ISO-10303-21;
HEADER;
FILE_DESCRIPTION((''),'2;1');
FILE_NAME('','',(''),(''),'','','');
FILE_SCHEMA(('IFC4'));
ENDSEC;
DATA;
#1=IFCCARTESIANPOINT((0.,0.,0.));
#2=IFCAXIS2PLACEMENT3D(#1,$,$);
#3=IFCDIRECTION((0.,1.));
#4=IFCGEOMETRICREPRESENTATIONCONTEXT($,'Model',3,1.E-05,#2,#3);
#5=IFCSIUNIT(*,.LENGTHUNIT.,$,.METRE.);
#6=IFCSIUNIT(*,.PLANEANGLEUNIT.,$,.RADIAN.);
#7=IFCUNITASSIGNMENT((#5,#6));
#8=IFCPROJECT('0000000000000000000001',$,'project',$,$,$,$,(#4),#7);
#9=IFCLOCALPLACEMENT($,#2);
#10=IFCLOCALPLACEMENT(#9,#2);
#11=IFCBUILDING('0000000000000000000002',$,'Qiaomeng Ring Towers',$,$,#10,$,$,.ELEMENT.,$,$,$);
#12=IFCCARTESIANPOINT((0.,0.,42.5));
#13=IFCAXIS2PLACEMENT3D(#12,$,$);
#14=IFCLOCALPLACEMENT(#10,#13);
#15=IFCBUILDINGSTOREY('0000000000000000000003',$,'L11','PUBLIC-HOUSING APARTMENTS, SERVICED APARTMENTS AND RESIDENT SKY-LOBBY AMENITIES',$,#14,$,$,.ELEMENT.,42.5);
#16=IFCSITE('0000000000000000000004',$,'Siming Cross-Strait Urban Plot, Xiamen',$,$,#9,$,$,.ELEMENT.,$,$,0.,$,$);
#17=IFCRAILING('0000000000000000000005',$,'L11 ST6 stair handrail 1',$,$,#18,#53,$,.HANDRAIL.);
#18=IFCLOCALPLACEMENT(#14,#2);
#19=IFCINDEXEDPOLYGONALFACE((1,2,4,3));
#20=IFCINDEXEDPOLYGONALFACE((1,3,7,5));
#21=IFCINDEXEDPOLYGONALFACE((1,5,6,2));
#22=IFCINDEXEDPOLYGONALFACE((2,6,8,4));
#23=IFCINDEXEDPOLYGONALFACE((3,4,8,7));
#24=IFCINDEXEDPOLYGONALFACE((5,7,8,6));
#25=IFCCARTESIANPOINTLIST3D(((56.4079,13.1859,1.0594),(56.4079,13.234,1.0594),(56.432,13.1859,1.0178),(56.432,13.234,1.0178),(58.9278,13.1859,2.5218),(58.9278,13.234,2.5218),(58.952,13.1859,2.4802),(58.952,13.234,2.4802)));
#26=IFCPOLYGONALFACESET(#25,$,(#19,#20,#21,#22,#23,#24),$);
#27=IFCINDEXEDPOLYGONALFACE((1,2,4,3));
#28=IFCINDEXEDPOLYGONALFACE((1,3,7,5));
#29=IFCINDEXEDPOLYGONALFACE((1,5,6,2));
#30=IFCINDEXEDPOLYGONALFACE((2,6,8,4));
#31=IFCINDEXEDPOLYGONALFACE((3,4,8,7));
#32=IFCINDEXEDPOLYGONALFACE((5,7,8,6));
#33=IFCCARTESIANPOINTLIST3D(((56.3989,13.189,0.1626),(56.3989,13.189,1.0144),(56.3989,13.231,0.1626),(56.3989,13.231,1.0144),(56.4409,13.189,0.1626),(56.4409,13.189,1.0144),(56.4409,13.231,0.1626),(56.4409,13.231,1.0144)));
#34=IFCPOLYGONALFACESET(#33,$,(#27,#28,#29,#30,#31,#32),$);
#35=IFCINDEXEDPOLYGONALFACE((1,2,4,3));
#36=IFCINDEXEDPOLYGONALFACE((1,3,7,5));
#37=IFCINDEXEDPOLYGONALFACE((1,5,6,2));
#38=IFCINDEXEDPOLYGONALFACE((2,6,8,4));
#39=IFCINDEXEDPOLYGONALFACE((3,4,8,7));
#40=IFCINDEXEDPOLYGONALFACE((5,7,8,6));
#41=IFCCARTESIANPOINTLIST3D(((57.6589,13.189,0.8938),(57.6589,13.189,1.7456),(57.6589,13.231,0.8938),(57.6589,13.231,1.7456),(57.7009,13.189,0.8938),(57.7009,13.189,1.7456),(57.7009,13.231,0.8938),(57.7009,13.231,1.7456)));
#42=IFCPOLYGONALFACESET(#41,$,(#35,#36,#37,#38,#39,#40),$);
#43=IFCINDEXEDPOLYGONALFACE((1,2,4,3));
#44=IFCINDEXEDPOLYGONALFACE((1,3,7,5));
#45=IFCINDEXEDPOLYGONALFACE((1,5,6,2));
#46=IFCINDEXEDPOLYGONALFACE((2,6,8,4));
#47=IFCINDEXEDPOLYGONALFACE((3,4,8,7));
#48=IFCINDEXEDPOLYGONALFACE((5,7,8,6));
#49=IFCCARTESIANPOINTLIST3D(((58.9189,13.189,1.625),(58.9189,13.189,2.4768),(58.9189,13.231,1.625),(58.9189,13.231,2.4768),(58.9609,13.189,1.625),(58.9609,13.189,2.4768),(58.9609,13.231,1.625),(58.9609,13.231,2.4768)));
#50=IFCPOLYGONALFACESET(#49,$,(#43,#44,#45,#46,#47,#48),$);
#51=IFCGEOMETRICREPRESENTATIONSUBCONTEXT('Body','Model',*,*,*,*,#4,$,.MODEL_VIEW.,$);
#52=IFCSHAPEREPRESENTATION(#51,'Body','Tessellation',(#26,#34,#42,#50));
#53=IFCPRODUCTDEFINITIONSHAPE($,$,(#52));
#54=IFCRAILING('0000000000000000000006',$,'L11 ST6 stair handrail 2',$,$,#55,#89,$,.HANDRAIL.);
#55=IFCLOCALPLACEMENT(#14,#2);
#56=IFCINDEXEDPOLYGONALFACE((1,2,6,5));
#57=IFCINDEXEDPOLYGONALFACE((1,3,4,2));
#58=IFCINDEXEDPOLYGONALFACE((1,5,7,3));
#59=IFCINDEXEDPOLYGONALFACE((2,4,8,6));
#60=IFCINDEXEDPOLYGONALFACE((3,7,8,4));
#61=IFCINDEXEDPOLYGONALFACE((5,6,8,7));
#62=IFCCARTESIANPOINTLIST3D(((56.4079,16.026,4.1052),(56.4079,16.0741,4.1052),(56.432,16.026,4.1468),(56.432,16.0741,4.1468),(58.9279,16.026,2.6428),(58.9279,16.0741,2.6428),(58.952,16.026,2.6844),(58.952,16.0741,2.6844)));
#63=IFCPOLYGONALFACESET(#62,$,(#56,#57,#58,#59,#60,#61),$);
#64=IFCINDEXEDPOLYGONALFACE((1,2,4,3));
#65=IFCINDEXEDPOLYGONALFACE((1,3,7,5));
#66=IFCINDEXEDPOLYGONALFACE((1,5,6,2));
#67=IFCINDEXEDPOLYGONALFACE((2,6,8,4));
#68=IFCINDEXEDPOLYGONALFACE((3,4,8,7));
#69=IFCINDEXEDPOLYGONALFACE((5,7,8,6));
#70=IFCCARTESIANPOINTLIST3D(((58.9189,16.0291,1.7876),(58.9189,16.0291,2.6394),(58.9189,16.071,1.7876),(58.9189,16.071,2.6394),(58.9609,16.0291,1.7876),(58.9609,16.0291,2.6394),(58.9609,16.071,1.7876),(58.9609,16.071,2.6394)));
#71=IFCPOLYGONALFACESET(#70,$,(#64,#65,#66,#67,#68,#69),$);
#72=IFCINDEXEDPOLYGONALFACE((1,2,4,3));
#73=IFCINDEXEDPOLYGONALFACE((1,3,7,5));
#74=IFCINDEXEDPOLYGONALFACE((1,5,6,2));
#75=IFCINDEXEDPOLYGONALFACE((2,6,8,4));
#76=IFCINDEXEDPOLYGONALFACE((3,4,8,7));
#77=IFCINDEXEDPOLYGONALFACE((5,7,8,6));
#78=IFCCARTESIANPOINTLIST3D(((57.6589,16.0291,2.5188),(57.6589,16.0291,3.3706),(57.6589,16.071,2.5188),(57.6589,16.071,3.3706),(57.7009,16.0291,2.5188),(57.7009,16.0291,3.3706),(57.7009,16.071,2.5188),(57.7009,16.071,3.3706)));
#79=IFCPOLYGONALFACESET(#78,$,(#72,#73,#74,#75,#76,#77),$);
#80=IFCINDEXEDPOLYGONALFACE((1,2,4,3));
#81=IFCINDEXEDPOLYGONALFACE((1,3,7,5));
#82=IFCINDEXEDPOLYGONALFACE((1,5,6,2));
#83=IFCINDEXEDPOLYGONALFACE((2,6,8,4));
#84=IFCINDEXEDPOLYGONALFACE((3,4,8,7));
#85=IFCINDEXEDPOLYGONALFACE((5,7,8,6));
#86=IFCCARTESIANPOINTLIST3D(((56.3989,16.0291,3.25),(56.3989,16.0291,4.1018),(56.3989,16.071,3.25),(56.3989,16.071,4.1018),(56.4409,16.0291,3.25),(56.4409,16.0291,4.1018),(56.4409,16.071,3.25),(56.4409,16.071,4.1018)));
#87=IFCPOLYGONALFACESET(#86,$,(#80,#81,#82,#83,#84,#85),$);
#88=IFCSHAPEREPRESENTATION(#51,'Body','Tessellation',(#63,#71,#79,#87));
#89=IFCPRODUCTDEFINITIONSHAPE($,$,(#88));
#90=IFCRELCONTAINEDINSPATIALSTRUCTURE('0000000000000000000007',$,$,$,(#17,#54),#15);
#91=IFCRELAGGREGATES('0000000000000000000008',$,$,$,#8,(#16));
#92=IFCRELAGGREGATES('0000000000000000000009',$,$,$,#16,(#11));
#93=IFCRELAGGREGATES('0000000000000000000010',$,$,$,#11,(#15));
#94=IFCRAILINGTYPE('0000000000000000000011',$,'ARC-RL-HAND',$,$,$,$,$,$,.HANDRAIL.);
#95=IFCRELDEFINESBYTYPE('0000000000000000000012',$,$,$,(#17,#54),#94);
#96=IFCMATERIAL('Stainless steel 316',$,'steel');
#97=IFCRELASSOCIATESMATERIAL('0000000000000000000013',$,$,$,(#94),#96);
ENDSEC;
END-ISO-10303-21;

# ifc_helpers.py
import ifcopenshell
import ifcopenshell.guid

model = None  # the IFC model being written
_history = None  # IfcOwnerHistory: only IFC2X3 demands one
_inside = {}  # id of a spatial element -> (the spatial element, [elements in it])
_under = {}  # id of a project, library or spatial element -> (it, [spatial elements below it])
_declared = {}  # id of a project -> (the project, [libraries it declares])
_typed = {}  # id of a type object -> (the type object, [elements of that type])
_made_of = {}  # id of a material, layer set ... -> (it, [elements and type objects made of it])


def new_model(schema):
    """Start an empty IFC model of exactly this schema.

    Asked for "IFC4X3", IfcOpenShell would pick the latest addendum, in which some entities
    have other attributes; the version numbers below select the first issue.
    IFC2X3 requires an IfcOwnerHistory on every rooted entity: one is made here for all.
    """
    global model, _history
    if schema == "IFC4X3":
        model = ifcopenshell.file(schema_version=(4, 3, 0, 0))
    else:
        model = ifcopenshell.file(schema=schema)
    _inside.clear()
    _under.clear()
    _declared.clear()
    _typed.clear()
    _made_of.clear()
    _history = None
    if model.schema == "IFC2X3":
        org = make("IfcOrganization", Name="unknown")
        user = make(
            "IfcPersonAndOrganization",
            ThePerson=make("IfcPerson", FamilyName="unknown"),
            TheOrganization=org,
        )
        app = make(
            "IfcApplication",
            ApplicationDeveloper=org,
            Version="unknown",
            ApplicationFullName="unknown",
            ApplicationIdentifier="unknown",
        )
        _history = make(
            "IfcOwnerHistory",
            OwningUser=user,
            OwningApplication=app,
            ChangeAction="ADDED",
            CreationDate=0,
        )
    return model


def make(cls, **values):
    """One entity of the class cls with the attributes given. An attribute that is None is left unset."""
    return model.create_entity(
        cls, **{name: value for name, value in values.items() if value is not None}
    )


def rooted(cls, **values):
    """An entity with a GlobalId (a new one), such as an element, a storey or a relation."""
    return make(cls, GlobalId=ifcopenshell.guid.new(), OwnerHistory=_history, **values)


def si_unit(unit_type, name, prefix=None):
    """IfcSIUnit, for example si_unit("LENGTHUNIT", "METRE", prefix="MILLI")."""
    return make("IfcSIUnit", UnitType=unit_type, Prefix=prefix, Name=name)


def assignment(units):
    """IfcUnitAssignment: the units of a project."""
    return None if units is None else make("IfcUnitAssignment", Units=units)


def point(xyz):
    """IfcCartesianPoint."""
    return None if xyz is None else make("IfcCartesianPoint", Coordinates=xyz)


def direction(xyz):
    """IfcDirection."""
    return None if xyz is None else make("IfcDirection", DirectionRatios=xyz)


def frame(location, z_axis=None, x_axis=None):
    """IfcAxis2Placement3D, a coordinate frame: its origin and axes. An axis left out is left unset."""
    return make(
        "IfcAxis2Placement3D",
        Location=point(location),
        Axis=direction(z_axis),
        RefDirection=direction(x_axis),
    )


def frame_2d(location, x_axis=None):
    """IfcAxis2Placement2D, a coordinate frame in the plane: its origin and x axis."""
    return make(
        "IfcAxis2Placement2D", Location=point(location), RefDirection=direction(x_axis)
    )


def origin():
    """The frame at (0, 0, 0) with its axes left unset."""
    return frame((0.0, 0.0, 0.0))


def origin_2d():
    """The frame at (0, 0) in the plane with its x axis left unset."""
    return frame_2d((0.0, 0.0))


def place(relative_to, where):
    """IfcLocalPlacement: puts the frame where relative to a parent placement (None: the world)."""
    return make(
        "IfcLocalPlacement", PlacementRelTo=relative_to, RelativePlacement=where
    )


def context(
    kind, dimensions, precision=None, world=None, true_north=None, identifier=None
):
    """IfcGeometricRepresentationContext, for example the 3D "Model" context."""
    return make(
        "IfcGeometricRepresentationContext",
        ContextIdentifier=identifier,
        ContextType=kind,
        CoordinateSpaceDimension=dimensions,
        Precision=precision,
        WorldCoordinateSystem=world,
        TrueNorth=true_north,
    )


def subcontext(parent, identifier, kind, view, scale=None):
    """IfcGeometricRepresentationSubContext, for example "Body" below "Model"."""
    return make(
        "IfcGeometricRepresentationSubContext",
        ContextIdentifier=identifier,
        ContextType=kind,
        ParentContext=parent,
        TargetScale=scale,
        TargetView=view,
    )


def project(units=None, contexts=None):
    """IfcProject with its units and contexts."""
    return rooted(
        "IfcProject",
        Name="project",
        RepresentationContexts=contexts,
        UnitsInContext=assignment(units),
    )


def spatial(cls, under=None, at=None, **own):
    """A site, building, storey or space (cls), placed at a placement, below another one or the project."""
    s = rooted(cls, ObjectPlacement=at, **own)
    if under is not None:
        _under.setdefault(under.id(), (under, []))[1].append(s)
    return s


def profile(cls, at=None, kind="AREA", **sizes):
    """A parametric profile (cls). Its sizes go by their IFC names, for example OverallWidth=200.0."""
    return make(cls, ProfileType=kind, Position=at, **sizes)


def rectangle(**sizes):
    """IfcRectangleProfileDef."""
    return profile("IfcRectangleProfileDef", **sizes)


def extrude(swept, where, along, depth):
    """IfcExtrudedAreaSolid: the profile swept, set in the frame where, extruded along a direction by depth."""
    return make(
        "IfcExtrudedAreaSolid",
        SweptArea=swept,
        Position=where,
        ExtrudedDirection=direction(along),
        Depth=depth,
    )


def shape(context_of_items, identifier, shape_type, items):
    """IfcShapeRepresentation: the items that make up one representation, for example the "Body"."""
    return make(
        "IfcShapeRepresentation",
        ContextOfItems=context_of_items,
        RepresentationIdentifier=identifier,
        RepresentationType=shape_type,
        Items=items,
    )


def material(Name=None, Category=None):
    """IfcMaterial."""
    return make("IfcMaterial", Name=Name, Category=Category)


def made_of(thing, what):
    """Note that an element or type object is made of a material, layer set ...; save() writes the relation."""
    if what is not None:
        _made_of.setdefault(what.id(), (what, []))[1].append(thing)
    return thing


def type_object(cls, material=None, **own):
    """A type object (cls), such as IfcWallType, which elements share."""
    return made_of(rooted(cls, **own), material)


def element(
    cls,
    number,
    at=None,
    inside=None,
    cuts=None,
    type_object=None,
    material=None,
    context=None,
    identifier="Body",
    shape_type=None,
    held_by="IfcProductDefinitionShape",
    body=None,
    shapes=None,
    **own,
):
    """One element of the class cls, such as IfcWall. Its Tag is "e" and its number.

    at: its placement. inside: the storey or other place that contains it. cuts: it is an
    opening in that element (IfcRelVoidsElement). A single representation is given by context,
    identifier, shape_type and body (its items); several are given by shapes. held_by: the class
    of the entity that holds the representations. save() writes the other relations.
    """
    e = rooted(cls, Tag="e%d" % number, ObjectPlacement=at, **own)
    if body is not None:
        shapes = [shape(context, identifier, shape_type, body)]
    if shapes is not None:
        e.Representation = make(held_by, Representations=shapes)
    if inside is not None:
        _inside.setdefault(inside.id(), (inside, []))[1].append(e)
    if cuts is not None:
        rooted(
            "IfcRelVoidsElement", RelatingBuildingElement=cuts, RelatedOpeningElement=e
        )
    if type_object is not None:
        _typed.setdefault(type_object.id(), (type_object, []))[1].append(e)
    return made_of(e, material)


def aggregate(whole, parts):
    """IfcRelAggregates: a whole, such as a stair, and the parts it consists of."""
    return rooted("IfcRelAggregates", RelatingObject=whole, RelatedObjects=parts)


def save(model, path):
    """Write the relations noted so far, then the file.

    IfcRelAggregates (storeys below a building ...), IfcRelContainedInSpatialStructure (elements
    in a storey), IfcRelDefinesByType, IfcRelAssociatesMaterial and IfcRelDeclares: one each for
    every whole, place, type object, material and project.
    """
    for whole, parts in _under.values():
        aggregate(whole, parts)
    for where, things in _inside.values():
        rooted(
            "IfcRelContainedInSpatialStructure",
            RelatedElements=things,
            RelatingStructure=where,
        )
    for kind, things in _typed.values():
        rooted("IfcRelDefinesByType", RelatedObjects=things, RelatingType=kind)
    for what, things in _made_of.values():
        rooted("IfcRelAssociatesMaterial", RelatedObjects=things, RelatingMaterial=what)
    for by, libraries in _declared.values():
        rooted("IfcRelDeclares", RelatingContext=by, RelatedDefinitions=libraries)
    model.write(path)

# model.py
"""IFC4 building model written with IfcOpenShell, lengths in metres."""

from ifc_helpers import new_model, si_unit, direction, frame, origin, origin_2d, place, context, subcontext, project, spatial, rectangle, extrude, material, type_object, element, save


model = new_model("IFC4")

# Units and contexts
model_context = context("Model", 3, precision=1e-05, world=origin(), true_north=direction((0.0, 1.0)))
body_context = subcontext(model_context, "Body", "Model", "MODEL_VIEW")
ifc_project = project(units=[si_unit("LENGTHUNIT", "METRE"), si_unit("PLANEANGLEUNIT", "RADIAN")], contexts=[model_context])

# Site, building, storey
site_placement = place(None, origin())
site = spatial("IfcSite", under=ifc_project, at=site_placement, Name="Siming Cross-Strait Urban Plot, Xiamen", CompositionType="ELEMENT", RefElevation=0.0)
building_placement = place(site_placement, origin())
building = spatial("IfcBuilding", under=site, at=building_placement, Name="Qiaomeng Ring Towers", CompositionType="ELEMENT")
storey_placement = place(building_placement, frame((0.0, 0.0, 42.5)))
storey = spatial("IfcBuildingStorey", under=building, at=storey_placement, Name="L11", Description="PUBLIC-HOUSING APARTMENTS, SERVICED APARTMENTS AND RESIDENT SKY-LOBBY AMENITIES", CompositionType="ELEMENT", Elevation=42.5)

# Shared definitions
ifc_material_1 = material(Name="Stainless steel 316", Category="steel")

# Railings
railing_type_1 = type_object("IfcRailingType", Name="ARC-RL-HAND", PredefinedType="HANDRAIL", material=ifc_material_1)
railing_1_placement = place(storey_placement, frame((56.4199, 13.21, 0.1626)))
element("IfcRailing", 1, at=railing_1_placement, inside=storey, type_object=railing_type_1, Name="L11 ST6 stair handrail 1", PredefinedType="HANDRAIL", context=body_context, shape_type="SweptSolid", body=[
    extrude(rectangle(XDim=0.0481, YDim=0.0481, at=origin_2d()), frame((0.0, 0.0, 0.876), z_axis=(0.864913, 0.0, 0.501921), x_axis=(0.0, 1.0, 0.0)), (0.0, 0.0, 1.0), 2.9136),
    extrude(rectangle(XDim=0.042, YDim=0.042, at=origin_2d()), origin(), (0.0, 0.0, 1.0), 0.8518),
    extrude(rectangle(XDim=0.042, YDim=0.042, at=origin_2d()), frame((1.26, 0.0, 0.7312)), (0.0, 0.0, 1.0), 0.8518),
    extrude(rectangle(XDim=0.042, YDim=0.042, at=origin_2d()), frame((2.52, 0.0, 1.4624)), (0.0, 0.0, 1.0), 0.8518),
])
railing_2_placement = place(storey_placement, frame((58.9399, 16.05, 1.7876)))
element("IfcRailing", 2, at=railing_2_placement, inside=storey, type_object=railing_type_1, Name="L11 ST6 stair handrail 2", PredefinedType="HANDRAIL", context=body_context, shape_type="SweptSolid", body=[
    extrude(rectangle(XDim=0.0481, YDim=0.0481, at=origin_2d()), frame((0.0, 0.0, 0.876), z_axis=(-0.864913, 0.0, 0.501921), x_axis=(0.0, -1.0, 0.0)), (0.0, 0.0, 1.0), 2.9136),
    extrude(rectangle(XDim=0.042, YDim=0.042, at=origin_2d()), origin(), (0.0, 0.0, 1.0), 0.8518),
    extrude(rectangle(XDim=0.042, YDim=0.042, at=origin_2d()), frame((-1.26, 0.0, 0.7312)), (0.0, 0.0, 1.0), 0.8518),
    extrude(rectangle(XDim=0.042, YDim=0.042, at=origin_2d()), frame((-2.52, 0.0, 1.4624)), (0.0, 0.0, 1.0), 0.8518),
])

save(model, "model.ifc")
